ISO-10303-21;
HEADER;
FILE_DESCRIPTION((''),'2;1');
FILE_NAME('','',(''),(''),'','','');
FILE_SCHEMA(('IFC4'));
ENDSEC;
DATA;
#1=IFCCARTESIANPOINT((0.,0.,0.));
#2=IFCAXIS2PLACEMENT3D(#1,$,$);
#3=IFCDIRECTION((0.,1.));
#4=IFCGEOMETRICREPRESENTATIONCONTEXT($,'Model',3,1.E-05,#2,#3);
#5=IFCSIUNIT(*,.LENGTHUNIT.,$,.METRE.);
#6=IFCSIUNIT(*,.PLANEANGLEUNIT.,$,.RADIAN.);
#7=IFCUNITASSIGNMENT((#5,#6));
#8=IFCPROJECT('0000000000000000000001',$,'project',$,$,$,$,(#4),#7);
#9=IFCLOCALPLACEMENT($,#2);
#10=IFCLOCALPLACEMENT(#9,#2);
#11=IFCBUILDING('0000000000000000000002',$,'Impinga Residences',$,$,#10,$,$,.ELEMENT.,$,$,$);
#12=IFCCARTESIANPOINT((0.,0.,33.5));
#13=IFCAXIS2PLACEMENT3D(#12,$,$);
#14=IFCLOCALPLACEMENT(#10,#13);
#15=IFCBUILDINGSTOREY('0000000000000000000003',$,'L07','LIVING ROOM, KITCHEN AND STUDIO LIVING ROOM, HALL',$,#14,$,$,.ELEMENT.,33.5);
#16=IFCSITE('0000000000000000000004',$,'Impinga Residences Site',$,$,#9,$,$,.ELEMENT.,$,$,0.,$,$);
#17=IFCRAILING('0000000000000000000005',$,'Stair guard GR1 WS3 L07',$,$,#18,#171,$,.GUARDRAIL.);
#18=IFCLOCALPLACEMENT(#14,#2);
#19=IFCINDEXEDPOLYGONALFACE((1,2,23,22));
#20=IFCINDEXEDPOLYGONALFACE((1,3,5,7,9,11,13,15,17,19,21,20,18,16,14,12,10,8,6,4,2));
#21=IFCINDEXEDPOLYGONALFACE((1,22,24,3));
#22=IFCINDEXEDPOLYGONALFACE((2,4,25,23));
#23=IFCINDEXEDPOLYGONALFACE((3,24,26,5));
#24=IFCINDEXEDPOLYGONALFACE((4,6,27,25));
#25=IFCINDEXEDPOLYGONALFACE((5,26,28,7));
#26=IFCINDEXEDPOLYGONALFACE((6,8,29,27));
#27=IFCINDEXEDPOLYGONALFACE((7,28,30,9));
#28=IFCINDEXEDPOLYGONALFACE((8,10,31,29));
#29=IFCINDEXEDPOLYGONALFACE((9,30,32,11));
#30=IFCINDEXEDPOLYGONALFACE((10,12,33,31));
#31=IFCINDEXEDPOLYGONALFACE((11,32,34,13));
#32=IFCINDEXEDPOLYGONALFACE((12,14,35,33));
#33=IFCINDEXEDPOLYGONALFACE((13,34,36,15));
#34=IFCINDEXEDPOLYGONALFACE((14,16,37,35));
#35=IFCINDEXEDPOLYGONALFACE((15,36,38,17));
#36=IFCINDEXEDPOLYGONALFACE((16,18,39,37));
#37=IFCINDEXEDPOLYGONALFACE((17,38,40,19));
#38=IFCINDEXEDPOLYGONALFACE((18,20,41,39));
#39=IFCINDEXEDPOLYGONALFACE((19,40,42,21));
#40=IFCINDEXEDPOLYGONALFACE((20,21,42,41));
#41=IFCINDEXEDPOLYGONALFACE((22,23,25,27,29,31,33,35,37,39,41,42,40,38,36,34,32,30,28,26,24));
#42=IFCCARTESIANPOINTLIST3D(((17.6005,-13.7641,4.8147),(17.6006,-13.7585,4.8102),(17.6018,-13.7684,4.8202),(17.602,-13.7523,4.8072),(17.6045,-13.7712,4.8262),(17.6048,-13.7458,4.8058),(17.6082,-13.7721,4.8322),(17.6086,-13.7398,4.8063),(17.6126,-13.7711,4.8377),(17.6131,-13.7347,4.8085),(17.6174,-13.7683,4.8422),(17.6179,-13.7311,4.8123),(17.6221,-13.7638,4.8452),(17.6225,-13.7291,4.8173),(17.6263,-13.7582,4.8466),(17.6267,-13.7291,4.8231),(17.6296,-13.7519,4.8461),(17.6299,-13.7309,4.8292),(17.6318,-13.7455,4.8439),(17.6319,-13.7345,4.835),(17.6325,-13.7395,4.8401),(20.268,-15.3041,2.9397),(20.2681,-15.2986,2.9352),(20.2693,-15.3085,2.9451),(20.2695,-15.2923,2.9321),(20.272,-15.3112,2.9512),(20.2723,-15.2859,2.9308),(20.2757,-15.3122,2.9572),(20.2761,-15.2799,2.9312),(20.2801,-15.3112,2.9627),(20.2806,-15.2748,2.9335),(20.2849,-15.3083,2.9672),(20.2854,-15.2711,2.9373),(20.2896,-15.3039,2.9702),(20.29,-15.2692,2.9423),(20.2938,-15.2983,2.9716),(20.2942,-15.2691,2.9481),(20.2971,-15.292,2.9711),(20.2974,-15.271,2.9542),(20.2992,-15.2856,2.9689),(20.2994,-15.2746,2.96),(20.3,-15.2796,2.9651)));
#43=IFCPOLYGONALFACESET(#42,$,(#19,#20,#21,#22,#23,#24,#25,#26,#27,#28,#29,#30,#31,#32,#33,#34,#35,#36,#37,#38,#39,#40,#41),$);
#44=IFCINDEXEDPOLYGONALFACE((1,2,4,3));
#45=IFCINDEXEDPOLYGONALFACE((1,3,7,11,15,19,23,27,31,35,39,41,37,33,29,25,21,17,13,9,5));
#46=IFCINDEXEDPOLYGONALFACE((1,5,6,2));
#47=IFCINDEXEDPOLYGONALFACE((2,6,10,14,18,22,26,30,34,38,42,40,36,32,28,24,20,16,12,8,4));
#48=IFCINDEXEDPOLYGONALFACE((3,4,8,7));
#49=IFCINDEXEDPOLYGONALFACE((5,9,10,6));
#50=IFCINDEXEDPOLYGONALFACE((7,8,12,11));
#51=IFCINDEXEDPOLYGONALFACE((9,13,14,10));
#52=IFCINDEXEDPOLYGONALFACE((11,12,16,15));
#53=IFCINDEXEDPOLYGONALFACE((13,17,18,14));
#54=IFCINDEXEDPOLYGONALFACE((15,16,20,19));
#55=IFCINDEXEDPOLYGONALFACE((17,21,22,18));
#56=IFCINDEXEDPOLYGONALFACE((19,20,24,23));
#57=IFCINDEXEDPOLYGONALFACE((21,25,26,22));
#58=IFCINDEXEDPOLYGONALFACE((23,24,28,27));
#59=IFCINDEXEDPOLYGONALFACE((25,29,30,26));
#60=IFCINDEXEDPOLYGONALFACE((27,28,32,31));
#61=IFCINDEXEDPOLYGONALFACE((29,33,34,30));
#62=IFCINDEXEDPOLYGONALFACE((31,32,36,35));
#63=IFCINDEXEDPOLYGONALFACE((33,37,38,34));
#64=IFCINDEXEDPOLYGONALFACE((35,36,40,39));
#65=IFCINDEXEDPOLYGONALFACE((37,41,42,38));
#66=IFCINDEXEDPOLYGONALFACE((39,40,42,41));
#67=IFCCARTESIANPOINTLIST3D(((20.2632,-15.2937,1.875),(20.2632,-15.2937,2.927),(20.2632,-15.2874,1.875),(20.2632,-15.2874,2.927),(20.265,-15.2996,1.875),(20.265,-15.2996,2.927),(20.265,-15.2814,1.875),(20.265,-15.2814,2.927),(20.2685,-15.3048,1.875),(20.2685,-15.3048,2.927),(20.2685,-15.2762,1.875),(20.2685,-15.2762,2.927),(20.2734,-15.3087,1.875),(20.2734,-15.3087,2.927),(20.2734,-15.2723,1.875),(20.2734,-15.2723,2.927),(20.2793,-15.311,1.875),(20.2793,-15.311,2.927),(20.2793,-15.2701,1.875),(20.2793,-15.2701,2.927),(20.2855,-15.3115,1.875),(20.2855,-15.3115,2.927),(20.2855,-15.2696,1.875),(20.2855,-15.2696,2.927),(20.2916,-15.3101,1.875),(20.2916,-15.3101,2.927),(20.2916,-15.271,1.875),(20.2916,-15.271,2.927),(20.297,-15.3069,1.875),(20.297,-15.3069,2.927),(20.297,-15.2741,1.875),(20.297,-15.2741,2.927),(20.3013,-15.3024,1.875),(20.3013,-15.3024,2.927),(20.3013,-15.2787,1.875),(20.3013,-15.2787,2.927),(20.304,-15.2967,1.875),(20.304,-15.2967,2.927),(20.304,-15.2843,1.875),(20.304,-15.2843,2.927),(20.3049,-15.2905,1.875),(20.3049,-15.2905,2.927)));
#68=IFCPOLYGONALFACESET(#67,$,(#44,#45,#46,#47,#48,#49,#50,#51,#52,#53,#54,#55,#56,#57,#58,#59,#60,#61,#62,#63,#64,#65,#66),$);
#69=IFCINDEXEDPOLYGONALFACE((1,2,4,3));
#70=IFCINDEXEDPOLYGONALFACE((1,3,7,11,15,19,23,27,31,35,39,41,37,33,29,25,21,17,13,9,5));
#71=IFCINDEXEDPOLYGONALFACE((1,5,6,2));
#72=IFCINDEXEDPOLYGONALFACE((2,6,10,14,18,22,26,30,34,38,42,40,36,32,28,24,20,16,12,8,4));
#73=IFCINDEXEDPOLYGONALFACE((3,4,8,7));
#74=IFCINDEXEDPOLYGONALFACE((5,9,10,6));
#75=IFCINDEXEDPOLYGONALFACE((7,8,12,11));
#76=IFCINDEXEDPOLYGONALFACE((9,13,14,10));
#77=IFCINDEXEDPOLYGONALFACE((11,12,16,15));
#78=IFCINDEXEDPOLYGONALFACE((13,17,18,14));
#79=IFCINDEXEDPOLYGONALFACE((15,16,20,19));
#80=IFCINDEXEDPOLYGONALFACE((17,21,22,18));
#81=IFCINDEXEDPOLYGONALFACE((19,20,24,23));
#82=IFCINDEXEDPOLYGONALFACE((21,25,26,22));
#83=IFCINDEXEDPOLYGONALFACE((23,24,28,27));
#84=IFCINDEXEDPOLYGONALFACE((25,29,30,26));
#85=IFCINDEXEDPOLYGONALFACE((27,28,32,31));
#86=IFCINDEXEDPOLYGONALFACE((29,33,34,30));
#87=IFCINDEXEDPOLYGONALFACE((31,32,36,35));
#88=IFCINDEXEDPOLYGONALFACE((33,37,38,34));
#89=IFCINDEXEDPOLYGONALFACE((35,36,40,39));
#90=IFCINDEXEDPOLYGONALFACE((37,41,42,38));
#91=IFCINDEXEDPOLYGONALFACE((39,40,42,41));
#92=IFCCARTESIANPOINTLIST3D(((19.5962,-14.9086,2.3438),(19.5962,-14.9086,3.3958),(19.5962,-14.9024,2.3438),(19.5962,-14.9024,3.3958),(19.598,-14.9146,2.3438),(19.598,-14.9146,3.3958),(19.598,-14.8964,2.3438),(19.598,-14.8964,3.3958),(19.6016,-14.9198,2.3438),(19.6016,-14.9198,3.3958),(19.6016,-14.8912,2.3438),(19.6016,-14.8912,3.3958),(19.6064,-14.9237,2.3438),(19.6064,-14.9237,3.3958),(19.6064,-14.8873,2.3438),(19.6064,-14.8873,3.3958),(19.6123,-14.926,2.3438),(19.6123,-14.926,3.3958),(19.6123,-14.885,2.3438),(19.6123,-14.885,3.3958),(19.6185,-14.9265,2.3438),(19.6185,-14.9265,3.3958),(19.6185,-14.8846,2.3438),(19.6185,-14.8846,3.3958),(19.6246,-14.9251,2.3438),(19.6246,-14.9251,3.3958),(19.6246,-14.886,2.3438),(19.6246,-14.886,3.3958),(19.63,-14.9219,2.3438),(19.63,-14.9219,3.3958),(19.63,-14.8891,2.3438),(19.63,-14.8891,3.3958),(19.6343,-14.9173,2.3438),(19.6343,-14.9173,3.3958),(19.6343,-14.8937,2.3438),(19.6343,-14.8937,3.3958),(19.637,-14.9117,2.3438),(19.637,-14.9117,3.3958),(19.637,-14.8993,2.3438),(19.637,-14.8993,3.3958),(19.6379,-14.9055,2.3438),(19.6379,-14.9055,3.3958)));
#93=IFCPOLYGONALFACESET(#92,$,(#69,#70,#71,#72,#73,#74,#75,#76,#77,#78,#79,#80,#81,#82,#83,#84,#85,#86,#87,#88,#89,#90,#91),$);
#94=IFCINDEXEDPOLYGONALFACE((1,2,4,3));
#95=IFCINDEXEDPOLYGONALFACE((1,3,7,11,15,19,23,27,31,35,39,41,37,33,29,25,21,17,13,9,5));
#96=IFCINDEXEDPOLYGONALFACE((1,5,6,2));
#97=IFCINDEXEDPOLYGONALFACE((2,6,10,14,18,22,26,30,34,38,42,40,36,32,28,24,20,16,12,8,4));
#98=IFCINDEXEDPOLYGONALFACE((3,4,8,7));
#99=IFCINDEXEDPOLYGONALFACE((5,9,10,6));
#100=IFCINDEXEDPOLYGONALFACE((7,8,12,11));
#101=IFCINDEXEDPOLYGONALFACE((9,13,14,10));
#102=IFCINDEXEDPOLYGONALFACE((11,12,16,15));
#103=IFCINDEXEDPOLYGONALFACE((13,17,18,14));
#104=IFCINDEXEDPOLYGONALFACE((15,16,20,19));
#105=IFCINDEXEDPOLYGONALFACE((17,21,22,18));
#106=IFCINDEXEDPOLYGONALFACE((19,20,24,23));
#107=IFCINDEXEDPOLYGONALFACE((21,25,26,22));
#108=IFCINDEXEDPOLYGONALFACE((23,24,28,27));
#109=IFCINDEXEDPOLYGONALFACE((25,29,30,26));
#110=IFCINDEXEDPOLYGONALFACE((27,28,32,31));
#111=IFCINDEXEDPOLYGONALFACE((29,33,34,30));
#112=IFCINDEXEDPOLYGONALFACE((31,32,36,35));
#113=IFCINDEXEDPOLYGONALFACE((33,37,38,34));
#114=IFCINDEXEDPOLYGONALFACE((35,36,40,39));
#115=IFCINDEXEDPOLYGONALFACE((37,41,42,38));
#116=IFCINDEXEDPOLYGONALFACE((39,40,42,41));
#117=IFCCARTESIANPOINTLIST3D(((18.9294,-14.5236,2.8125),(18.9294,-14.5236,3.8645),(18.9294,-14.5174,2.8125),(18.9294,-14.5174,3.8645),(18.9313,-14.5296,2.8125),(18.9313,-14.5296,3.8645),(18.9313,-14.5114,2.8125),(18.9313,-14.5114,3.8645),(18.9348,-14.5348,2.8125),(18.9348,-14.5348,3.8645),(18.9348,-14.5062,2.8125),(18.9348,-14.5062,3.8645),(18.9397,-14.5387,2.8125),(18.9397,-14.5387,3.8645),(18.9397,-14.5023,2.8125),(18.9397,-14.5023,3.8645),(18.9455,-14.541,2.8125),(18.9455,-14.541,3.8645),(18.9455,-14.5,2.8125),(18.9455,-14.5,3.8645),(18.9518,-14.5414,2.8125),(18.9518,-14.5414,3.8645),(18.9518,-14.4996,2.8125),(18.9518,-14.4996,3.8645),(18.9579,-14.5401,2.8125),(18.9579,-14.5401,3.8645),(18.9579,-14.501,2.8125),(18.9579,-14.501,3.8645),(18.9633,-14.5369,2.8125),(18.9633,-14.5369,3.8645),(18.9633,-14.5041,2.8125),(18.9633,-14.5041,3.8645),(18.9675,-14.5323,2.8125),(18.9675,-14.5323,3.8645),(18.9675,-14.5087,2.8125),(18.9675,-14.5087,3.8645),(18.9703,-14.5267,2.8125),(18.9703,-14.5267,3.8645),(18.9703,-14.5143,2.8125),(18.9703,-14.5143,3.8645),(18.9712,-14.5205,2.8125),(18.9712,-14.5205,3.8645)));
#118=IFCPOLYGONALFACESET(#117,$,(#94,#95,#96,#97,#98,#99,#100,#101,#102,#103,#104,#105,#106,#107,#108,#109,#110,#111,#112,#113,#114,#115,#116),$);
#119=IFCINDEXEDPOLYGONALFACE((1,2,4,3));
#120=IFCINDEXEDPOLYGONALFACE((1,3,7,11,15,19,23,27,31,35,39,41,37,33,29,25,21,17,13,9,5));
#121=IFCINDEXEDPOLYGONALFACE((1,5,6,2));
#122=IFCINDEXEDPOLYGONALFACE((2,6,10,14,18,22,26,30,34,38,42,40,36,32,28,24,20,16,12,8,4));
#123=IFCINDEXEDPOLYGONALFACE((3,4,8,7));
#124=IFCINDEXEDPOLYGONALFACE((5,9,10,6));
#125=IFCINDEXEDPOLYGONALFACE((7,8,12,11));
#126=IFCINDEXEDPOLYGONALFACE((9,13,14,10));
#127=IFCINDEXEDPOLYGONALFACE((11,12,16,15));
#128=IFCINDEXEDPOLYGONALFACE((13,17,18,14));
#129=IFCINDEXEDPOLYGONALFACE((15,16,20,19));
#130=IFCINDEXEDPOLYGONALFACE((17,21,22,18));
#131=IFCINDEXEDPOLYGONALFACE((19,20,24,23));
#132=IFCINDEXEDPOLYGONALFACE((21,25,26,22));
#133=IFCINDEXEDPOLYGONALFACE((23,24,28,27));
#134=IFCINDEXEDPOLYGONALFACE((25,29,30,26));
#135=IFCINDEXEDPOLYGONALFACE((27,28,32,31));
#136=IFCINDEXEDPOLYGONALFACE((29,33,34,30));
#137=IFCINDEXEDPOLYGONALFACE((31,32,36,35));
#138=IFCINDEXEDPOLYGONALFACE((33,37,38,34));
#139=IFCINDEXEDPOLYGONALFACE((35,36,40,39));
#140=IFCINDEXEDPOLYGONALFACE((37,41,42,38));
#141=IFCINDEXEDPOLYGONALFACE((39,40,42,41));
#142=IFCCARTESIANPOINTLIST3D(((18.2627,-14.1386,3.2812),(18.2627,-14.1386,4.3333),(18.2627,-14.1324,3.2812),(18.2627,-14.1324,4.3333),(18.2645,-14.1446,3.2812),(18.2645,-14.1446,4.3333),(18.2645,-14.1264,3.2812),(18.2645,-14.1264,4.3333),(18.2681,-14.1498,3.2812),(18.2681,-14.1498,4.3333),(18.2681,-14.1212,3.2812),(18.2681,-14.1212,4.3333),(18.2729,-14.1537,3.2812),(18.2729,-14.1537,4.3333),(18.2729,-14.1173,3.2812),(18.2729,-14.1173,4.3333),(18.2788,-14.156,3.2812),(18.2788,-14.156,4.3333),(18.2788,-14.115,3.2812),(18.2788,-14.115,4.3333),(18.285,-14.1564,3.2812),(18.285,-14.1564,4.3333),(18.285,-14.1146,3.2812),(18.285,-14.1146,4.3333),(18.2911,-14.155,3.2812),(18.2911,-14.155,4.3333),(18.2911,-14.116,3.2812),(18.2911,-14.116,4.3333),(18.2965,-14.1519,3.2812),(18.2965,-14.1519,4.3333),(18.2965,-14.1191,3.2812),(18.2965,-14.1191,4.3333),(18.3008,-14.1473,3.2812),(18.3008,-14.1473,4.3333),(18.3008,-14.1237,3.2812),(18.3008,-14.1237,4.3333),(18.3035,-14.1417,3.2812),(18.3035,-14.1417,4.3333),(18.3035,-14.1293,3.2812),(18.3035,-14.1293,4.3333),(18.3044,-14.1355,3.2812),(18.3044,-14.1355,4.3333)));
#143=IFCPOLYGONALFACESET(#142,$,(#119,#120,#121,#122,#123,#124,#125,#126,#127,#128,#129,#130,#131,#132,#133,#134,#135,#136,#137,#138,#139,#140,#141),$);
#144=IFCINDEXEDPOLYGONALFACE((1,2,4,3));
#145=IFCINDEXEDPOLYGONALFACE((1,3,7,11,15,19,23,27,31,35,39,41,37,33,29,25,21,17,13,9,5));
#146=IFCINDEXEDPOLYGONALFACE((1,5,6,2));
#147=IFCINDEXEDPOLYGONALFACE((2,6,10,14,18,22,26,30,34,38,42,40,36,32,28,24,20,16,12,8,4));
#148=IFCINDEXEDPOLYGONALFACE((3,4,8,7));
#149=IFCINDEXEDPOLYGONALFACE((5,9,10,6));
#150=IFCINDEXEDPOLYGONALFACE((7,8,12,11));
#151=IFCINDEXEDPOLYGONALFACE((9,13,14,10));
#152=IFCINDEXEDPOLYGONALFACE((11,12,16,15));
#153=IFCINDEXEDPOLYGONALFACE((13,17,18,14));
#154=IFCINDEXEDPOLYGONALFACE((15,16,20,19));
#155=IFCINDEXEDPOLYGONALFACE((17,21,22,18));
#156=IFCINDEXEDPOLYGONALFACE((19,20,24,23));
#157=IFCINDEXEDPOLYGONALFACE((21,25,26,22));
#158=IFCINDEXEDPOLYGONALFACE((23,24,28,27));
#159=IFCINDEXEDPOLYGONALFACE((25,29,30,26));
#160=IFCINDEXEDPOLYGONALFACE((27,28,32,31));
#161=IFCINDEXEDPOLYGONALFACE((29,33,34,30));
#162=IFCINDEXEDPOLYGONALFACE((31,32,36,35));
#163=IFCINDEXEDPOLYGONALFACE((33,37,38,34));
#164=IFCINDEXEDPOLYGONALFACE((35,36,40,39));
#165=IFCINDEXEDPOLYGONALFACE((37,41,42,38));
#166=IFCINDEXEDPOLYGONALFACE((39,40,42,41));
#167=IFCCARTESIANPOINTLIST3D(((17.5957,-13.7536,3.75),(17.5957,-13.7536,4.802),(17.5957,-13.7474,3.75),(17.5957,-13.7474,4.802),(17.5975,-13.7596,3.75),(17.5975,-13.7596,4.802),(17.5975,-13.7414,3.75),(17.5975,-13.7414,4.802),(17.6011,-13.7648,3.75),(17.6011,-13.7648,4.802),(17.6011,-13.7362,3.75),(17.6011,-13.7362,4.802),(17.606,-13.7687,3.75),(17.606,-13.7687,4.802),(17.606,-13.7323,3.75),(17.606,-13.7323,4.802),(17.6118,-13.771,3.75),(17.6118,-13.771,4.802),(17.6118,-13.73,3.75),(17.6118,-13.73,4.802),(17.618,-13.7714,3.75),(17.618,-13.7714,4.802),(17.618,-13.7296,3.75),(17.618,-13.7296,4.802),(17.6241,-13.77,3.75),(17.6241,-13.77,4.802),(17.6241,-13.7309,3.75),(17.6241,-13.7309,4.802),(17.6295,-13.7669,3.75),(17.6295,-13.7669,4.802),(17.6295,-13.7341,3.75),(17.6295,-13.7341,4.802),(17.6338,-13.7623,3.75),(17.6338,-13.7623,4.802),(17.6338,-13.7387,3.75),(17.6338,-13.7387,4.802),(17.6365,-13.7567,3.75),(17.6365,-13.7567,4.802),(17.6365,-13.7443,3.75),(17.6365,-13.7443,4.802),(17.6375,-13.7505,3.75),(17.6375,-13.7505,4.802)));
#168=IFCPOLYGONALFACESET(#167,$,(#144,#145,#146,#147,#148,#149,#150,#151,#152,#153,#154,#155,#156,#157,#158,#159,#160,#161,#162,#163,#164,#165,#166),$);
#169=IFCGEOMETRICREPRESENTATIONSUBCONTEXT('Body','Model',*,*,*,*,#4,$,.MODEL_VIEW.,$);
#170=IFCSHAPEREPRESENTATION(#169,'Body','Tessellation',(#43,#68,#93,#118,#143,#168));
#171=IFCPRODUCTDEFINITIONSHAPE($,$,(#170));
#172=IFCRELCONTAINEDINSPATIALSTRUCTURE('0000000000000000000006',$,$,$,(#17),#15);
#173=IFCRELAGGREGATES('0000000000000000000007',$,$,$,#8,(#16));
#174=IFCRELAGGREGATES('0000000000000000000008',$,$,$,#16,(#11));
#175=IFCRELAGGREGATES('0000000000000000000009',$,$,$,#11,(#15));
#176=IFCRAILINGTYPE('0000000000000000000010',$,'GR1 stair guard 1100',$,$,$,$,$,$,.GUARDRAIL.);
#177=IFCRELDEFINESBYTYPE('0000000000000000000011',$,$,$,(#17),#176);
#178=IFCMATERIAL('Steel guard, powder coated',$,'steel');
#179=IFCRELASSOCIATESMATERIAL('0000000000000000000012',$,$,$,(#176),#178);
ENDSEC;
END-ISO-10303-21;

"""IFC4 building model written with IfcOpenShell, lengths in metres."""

from ifc_helpers import new_model, si_unit, direction, frame, origin, origin_2d, place, context, subcontext, project, spatial, circle, extrude, material, type_object, element, save


model = new_model("IFC4")

# Units and contexts
model_context = context("Model", 3, precision=1e-05, world=origin(), true_north=direction((0.0, 1.0)))
body_context = subcontext(model_context, "Body", "Model", "MODEL_VIEW")
ifc_project = project(units=[si_unit("LENGTHUNIT", "METRE"), si_unit("PLANEANGLEUNIT", "RADIAN")], contexts=[model_context])

# Site, building, storey
site_placement = place(None, origin())
site = spatial("IfcSite", under=ifc_project, at=site_placement, Name="Impinga Residences Site", CompositionType="ELEMENT", RefElevation=0.0)
building_placement = place(site_placement, origin())
building = spatial("IfcBuilding", under=site, at=building_placement, Name="Impinga Residences", CompositionType="ELEMENT")
storey_placement = place(building_placement, frame((0.0, 0.0, 33.5)))
storey = spatial("IfcBuildingStorey", under=building, at=storey_placement, Name="L07", Description="LIVING ROOM, KITCHEN AND STUDIO LIVING ROOM, HALL", CompositionType="ELEMENT", Elevation=33.5)

# Railing
ifc_material_1 = material(Name="Steel guard, powder coated", Category="steel")
railing_type_1 = type_object("IfcRailingType", Name="GR1 stair guard 1100", PredefinedType="GUARDRAIL", material=ifc_material_1)
railing_1_placement = place(storey_placement, frame((20.2839, -15.2905, 1.875)))
element("IfcRailing", 1, at=railing_1_placement, inside=storey, type_object=railing_type_1, Name="Stair guard GR1 WS3 L07", PredefinedType="GUARDRAIL", context=body_context, shape_type="SweptSolid", body=[
    extrude(circle(Radius=0.0239, at=origin_2d()), frame((0.0, 0.0, 1.0762), z_axis=(-0.739746, 0.427084, 0.519975), x_axis=(-0.499992, -0.86603, 0.0)), (0.0, 0.0, 1.0), 3.606),
    extrude(circle(Radius=0.021, at=origin_2d()), origin(), (0.0, 0.0, 1.0), 1.052),
    extrude(circle(Radius=0.021, at=origin_2d()), frame((-0.667, 0.385, 0.4688)), (0.0, 0.0, 1.0), 1.052),
    extrude(circle(Radius=0.021, at=origin_2d()), frame((-1.3337, 0.77, 0.9375)), (0.0, 0.0, 1.0), 1.052),
    extrude(circle(Radius=0.021, at=origin_2d()), frame((-2.0005, 1.155, 1.4062)), (0.0, 0.0, 1.0), 1.052),
    extrude(circle(Radius=0.021, at=origin_2d()), frame((-2.6675, 1.54, 1.875)), (0.0, 0.0, 1.0), 1.052),
])

save(model, "model.ifc")
